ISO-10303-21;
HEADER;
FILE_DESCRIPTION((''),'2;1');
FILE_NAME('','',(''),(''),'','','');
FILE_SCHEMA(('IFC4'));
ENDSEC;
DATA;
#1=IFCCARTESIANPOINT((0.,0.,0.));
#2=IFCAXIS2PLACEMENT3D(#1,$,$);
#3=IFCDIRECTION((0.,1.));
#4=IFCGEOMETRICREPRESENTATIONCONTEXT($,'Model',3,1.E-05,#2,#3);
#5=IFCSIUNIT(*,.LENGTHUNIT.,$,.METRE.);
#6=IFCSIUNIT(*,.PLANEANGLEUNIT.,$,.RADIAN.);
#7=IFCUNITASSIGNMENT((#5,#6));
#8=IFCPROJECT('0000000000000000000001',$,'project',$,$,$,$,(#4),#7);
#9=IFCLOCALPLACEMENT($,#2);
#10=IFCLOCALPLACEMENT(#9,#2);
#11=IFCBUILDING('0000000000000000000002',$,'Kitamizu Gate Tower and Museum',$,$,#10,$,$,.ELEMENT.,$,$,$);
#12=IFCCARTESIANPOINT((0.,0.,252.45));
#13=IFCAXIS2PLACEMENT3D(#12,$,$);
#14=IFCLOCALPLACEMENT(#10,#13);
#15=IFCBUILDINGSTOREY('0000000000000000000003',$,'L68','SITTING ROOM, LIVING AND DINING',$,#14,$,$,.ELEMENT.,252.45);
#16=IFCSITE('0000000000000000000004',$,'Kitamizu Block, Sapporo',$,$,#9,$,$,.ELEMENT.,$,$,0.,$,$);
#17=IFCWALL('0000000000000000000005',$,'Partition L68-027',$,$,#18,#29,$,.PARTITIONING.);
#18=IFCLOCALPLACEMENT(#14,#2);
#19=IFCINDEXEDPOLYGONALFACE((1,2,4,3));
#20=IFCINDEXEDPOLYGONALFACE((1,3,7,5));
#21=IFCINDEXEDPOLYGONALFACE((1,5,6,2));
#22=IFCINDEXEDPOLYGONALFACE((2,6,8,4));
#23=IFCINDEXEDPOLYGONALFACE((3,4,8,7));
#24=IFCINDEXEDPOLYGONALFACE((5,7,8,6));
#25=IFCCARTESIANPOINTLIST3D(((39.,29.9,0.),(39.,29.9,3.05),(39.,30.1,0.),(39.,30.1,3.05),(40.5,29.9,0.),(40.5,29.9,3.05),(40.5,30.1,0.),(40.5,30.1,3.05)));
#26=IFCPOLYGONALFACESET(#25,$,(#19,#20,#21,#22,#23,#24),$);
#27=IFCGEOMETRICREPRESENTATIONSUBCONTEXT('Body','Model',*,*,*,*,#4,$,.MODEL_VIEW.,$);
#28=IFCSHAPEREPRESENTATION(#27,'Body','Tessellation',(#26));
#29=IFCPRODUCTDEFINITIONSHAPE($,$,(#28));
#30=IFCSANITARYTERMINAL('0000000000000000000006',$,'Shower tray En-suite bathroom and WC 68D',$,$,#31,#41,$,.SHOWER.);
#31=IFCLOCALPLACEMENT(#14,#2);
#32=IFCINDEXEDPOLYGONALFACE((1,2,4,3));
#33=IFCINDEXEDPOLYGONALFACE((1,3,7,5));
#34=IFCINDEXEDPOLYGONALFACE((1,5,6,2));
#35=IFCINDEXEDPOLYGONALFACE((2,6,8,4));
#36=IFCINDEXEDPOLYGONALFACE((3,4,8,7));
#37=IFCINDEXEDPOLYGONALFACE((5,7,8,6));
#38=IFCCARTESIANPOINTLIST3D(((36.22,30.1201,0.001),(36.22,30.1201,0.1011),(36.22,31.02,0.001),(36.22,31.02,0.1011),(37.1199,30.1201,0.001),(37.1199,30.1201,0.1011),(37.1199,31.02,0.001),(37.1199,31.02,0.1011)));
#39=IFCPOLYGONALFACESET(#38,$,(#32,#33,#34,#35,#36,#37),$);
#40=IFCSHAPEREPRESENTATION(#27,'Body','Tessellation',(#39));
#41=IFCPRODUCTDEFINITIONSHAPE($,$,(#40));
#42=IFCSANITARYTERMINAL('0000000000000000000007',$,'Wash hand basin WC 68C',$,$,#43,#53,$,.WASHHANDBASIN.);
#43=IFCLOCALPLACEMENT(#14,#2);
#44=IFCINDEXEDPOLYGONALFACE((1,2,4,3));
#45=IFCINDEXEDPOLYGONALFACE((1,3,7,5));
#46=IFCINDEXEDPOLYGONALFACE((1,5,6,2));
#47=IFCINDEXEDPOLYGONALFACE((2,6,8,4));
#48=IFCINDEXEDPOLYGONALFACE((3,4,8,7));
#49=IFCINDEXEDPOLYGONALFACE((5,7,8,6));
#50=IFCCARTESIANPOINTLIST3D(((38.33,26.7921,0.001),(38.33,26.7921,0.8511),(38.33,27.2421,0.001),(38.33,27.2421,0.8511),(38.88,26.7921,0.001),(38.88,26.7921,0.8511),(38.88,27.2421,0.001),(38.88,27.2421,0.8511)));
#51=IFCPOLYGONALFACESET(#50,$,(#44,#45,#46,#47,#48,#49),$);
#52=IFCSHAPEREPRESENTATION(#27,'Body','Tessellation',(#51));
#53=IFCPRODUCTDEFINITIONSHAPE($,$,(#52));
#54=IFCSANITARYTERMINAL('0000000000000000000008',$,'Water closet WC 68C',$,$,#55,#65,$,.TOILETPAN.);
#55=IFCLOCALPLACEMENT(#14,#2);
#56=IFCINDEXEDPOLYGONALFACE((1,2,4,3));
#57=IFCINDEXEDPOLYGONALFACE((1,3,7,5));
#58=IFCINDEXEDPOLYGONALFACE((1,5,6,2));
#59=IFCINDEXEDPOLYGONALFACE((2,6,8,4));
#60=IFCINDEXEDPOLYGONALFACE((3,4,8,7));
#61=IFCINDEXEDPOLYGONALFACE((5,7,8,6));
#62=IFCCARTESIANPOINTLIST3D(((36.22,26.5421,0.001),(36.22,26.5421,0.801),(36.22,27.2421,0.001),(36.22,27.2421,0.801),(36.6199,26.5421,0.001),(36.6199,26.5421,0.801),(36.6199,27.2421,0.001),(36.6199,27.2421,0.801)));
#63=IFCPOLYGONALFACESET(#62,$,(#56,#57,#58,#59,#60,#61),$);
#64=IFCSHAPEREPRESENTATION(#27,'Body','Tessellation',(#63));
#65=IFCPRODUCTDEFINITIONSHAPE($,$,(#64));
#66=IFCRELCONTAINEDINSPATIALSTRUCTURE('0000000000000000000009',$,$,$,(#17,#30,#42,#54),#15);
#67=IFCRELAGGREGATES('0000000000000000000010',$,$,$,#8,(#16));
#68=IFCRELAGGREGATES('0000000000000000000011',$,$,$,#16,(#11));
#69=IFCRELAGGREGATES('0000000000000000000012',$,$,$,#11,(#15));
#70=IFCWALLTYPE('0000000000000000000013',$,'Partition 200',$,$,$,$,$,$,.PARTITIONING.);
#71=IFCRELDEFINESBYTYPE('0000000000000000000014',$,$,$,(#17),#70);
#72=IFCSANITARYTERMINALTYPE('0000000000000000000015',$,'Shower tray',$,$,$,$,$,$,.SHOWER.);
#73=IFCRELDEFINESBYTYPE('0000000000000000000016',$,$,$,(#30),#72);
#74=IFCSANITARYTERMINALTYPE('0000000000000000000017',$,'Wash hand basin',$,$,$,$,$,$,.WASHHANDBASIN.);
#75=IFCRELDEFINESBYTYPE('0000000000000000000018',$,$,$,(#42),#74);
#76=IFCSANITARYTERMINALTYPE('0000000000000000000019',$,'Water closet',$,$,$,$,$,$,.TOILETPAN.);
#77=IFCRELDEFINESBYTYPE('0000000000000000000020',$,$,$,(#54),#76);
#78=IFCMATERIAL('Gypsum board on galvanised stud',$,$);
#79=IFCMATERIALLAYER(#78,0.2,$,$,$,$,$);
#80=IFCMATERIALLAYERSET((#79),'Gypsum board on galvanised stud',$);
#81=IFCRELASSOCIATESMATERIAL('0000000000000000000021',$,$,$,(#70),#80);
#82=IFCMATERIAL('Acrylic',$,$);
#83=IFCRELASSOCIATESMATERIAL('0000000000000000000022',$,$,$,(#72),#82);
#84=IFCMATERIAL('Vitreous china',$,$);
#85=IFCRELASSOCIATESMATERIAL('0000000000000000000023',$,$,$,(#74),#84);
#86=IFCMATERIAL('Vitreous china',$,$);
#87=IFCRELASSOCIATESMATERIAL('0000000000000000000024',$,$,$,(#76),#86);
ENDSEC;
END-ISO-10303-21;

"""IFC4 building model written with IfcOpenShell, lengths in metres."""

from ifc_helpers import new_model, si_unit, direction, frame, frame_2d, origin, origin_2d, place, context, subcontext, project, spatial, rectangle, extrude, material, layer, layer_set, type_object, element, save


model = new_model("IFC4")

# Units and contexts
model_context = context("Model", 3, precision=1e-05, world=origin(), true_north=direction((0.0, 1.0)))
body_context = subcontext(model_context, "Body", "Model", "MODEL_VIEW")
ifc_project = project(units=[si_unit("LENGTHUNIT", "METRE"), si_unit("PLANEANGLEUNIT", "RADIAN")], contexts=[model_context])

# Site, building, storey
site_placement = place(None, origin())
site = spatial("IfcSite", under=ifc_project, at=site_placement, Name="Kitamizu Block, Sapporo", CompositionType="ELEMENT", RefElevation=0.0)
building_placement = place(site_placement, origin())
building = spatial("IfcBuilding", under=site, at=building_placement, Name="Kitamizu Gate Tower and Museum", CompositionType="ELEMENT")
storey_placement = place(building_placement, frame((0.0, 0.0, 252.45)))
storey = spatial("IfcBuildingStorey", under=building, at=storey_placement, Name="L68", Description="SITTING ROOM, LIVING AND DINING", CompositionType="ELEMENT", Elevation=252.45)

# Wall
ifc_material_1 = material(Name="Gypsum board on galvanised stud")
ifc_layer_1 = layer(ifc_material_1, 0.2)
ifc_layer_set_1 = layer_set([ifc_layer_1], Name="Gypsum board on galvanised stud")
wall_type_1 = type_object("IfcWallType", Name="Partition 200", PredefinedType="PARTITIONING", material=ifc_layer_set_1)
wall_1_placement = place(storey_placement, frame((40.5, 30.0, 0.0), z_axis=(0.0, 0.0, 1.0), x_axis=(-1.0, 0.0, 0.0)))
element("IfcWall", 1, at=wall_1_placement, inside=storey, type_object=wall_type_1, Name="Partition L68-027", PredefinedType="PARTITIONING", context=body_context, shape_type="SweptSolid", body=[
    extrude(rectangle(XDim=1.5, YDim=0.2, at=frame_2d((0.75, 0.0))), origin(), (0.0, 0.0, 1.0), 3.05),
])

# Sanitary terminals
ifc_material_2 = material(Name="Acrylic")
sanitary_terminal_type_1 = type_object("IfcSanitaryTerminalType", Name="Shower tray", PredefinedType="SHOWER", material=ifc_material_2)
sanitary_terminal_1_placement = place(storey_placement, frame((36.6699, 30.5701, 0.001), z_axis=(0.0, 0.0, 1.0), x_axis=(1.0, 0.0, 0.0)))
element("IfcSanitaryTerminal", 2, at=sanitary_terminal_1_placement, inside=storey, type_object=sanitary_terminal_type_1, Name="Shower tray En-suite bathroom and WC 68D", PredefinedType="SHOWER", context=body_context, shape_type="SweptSolid", body=[
    extrude(rectangle(XDim=0.8999, YDim=0.8999, at=origin_2d()), origin(), (0.0, 0.0, 1.0), 0.1001),
])
ifc_material_3 = material(Name="Vitreous china")
sanitary_terminal_type_2 = type_object("IfcSanitaryTerminalType", Name="Wash hand basin", PredefinedType="WASHHANDBASIN", material=ifc_material_3)
sanitary_terminal_2_placement = place(storey_placement, frame((38.605, 27.0171, 0.001), z_axis=(0.0, 0.0, 1.0), x_axis=(1.0, 0.0, 0.0)))
element("IfcSanitaryTerminal", 3, at=sanitary_terminal_2_placement, inside=storey, type_object=sanitary_terminal_type_2, Name="Wash hand basin WC 68C", PredefinedType="WASHHANDBASIN", context=body_context, shape_type="SweptSolid", body=[
    extrude(rectangle(XDim=0.55, YDim=0.45, at=origin_2d()), origin(), (0.0, 0.0, 1.0), 0.8501),
])
ifc_material_4 = material(Name="Vitreous china")
sanitary_terminal_type_3 = type_object("IfcSanitaryTerminalType", Name="Water closet", PredefinedType="TOILETPAN", material=ifc_material_4)
sanitary_terminal_3_placement = place(storey_placement, frame((36.4199, 26.8921, 0.001), z_axis=(0.0, 0.0, 1.0), x_axis=(1.0, 0.0, 0.0)))
element("IfcSanitaryTerminal", 4, at=sanitary_terminal_3_placement, inside=storey, type_object=sanitary_terminal_type_3, Name="Water closet WC 68C", PredefinedType="TOILETPAN", context=body_context, shape_type="SweptSolid", body=[
    extrude(rectangle(XDim=0.3999, YDim=0.7, at=origin_2d()), origin(), (0.0, 0.0, 1.0), 0.8),
])

save(model, "model.ifc")
